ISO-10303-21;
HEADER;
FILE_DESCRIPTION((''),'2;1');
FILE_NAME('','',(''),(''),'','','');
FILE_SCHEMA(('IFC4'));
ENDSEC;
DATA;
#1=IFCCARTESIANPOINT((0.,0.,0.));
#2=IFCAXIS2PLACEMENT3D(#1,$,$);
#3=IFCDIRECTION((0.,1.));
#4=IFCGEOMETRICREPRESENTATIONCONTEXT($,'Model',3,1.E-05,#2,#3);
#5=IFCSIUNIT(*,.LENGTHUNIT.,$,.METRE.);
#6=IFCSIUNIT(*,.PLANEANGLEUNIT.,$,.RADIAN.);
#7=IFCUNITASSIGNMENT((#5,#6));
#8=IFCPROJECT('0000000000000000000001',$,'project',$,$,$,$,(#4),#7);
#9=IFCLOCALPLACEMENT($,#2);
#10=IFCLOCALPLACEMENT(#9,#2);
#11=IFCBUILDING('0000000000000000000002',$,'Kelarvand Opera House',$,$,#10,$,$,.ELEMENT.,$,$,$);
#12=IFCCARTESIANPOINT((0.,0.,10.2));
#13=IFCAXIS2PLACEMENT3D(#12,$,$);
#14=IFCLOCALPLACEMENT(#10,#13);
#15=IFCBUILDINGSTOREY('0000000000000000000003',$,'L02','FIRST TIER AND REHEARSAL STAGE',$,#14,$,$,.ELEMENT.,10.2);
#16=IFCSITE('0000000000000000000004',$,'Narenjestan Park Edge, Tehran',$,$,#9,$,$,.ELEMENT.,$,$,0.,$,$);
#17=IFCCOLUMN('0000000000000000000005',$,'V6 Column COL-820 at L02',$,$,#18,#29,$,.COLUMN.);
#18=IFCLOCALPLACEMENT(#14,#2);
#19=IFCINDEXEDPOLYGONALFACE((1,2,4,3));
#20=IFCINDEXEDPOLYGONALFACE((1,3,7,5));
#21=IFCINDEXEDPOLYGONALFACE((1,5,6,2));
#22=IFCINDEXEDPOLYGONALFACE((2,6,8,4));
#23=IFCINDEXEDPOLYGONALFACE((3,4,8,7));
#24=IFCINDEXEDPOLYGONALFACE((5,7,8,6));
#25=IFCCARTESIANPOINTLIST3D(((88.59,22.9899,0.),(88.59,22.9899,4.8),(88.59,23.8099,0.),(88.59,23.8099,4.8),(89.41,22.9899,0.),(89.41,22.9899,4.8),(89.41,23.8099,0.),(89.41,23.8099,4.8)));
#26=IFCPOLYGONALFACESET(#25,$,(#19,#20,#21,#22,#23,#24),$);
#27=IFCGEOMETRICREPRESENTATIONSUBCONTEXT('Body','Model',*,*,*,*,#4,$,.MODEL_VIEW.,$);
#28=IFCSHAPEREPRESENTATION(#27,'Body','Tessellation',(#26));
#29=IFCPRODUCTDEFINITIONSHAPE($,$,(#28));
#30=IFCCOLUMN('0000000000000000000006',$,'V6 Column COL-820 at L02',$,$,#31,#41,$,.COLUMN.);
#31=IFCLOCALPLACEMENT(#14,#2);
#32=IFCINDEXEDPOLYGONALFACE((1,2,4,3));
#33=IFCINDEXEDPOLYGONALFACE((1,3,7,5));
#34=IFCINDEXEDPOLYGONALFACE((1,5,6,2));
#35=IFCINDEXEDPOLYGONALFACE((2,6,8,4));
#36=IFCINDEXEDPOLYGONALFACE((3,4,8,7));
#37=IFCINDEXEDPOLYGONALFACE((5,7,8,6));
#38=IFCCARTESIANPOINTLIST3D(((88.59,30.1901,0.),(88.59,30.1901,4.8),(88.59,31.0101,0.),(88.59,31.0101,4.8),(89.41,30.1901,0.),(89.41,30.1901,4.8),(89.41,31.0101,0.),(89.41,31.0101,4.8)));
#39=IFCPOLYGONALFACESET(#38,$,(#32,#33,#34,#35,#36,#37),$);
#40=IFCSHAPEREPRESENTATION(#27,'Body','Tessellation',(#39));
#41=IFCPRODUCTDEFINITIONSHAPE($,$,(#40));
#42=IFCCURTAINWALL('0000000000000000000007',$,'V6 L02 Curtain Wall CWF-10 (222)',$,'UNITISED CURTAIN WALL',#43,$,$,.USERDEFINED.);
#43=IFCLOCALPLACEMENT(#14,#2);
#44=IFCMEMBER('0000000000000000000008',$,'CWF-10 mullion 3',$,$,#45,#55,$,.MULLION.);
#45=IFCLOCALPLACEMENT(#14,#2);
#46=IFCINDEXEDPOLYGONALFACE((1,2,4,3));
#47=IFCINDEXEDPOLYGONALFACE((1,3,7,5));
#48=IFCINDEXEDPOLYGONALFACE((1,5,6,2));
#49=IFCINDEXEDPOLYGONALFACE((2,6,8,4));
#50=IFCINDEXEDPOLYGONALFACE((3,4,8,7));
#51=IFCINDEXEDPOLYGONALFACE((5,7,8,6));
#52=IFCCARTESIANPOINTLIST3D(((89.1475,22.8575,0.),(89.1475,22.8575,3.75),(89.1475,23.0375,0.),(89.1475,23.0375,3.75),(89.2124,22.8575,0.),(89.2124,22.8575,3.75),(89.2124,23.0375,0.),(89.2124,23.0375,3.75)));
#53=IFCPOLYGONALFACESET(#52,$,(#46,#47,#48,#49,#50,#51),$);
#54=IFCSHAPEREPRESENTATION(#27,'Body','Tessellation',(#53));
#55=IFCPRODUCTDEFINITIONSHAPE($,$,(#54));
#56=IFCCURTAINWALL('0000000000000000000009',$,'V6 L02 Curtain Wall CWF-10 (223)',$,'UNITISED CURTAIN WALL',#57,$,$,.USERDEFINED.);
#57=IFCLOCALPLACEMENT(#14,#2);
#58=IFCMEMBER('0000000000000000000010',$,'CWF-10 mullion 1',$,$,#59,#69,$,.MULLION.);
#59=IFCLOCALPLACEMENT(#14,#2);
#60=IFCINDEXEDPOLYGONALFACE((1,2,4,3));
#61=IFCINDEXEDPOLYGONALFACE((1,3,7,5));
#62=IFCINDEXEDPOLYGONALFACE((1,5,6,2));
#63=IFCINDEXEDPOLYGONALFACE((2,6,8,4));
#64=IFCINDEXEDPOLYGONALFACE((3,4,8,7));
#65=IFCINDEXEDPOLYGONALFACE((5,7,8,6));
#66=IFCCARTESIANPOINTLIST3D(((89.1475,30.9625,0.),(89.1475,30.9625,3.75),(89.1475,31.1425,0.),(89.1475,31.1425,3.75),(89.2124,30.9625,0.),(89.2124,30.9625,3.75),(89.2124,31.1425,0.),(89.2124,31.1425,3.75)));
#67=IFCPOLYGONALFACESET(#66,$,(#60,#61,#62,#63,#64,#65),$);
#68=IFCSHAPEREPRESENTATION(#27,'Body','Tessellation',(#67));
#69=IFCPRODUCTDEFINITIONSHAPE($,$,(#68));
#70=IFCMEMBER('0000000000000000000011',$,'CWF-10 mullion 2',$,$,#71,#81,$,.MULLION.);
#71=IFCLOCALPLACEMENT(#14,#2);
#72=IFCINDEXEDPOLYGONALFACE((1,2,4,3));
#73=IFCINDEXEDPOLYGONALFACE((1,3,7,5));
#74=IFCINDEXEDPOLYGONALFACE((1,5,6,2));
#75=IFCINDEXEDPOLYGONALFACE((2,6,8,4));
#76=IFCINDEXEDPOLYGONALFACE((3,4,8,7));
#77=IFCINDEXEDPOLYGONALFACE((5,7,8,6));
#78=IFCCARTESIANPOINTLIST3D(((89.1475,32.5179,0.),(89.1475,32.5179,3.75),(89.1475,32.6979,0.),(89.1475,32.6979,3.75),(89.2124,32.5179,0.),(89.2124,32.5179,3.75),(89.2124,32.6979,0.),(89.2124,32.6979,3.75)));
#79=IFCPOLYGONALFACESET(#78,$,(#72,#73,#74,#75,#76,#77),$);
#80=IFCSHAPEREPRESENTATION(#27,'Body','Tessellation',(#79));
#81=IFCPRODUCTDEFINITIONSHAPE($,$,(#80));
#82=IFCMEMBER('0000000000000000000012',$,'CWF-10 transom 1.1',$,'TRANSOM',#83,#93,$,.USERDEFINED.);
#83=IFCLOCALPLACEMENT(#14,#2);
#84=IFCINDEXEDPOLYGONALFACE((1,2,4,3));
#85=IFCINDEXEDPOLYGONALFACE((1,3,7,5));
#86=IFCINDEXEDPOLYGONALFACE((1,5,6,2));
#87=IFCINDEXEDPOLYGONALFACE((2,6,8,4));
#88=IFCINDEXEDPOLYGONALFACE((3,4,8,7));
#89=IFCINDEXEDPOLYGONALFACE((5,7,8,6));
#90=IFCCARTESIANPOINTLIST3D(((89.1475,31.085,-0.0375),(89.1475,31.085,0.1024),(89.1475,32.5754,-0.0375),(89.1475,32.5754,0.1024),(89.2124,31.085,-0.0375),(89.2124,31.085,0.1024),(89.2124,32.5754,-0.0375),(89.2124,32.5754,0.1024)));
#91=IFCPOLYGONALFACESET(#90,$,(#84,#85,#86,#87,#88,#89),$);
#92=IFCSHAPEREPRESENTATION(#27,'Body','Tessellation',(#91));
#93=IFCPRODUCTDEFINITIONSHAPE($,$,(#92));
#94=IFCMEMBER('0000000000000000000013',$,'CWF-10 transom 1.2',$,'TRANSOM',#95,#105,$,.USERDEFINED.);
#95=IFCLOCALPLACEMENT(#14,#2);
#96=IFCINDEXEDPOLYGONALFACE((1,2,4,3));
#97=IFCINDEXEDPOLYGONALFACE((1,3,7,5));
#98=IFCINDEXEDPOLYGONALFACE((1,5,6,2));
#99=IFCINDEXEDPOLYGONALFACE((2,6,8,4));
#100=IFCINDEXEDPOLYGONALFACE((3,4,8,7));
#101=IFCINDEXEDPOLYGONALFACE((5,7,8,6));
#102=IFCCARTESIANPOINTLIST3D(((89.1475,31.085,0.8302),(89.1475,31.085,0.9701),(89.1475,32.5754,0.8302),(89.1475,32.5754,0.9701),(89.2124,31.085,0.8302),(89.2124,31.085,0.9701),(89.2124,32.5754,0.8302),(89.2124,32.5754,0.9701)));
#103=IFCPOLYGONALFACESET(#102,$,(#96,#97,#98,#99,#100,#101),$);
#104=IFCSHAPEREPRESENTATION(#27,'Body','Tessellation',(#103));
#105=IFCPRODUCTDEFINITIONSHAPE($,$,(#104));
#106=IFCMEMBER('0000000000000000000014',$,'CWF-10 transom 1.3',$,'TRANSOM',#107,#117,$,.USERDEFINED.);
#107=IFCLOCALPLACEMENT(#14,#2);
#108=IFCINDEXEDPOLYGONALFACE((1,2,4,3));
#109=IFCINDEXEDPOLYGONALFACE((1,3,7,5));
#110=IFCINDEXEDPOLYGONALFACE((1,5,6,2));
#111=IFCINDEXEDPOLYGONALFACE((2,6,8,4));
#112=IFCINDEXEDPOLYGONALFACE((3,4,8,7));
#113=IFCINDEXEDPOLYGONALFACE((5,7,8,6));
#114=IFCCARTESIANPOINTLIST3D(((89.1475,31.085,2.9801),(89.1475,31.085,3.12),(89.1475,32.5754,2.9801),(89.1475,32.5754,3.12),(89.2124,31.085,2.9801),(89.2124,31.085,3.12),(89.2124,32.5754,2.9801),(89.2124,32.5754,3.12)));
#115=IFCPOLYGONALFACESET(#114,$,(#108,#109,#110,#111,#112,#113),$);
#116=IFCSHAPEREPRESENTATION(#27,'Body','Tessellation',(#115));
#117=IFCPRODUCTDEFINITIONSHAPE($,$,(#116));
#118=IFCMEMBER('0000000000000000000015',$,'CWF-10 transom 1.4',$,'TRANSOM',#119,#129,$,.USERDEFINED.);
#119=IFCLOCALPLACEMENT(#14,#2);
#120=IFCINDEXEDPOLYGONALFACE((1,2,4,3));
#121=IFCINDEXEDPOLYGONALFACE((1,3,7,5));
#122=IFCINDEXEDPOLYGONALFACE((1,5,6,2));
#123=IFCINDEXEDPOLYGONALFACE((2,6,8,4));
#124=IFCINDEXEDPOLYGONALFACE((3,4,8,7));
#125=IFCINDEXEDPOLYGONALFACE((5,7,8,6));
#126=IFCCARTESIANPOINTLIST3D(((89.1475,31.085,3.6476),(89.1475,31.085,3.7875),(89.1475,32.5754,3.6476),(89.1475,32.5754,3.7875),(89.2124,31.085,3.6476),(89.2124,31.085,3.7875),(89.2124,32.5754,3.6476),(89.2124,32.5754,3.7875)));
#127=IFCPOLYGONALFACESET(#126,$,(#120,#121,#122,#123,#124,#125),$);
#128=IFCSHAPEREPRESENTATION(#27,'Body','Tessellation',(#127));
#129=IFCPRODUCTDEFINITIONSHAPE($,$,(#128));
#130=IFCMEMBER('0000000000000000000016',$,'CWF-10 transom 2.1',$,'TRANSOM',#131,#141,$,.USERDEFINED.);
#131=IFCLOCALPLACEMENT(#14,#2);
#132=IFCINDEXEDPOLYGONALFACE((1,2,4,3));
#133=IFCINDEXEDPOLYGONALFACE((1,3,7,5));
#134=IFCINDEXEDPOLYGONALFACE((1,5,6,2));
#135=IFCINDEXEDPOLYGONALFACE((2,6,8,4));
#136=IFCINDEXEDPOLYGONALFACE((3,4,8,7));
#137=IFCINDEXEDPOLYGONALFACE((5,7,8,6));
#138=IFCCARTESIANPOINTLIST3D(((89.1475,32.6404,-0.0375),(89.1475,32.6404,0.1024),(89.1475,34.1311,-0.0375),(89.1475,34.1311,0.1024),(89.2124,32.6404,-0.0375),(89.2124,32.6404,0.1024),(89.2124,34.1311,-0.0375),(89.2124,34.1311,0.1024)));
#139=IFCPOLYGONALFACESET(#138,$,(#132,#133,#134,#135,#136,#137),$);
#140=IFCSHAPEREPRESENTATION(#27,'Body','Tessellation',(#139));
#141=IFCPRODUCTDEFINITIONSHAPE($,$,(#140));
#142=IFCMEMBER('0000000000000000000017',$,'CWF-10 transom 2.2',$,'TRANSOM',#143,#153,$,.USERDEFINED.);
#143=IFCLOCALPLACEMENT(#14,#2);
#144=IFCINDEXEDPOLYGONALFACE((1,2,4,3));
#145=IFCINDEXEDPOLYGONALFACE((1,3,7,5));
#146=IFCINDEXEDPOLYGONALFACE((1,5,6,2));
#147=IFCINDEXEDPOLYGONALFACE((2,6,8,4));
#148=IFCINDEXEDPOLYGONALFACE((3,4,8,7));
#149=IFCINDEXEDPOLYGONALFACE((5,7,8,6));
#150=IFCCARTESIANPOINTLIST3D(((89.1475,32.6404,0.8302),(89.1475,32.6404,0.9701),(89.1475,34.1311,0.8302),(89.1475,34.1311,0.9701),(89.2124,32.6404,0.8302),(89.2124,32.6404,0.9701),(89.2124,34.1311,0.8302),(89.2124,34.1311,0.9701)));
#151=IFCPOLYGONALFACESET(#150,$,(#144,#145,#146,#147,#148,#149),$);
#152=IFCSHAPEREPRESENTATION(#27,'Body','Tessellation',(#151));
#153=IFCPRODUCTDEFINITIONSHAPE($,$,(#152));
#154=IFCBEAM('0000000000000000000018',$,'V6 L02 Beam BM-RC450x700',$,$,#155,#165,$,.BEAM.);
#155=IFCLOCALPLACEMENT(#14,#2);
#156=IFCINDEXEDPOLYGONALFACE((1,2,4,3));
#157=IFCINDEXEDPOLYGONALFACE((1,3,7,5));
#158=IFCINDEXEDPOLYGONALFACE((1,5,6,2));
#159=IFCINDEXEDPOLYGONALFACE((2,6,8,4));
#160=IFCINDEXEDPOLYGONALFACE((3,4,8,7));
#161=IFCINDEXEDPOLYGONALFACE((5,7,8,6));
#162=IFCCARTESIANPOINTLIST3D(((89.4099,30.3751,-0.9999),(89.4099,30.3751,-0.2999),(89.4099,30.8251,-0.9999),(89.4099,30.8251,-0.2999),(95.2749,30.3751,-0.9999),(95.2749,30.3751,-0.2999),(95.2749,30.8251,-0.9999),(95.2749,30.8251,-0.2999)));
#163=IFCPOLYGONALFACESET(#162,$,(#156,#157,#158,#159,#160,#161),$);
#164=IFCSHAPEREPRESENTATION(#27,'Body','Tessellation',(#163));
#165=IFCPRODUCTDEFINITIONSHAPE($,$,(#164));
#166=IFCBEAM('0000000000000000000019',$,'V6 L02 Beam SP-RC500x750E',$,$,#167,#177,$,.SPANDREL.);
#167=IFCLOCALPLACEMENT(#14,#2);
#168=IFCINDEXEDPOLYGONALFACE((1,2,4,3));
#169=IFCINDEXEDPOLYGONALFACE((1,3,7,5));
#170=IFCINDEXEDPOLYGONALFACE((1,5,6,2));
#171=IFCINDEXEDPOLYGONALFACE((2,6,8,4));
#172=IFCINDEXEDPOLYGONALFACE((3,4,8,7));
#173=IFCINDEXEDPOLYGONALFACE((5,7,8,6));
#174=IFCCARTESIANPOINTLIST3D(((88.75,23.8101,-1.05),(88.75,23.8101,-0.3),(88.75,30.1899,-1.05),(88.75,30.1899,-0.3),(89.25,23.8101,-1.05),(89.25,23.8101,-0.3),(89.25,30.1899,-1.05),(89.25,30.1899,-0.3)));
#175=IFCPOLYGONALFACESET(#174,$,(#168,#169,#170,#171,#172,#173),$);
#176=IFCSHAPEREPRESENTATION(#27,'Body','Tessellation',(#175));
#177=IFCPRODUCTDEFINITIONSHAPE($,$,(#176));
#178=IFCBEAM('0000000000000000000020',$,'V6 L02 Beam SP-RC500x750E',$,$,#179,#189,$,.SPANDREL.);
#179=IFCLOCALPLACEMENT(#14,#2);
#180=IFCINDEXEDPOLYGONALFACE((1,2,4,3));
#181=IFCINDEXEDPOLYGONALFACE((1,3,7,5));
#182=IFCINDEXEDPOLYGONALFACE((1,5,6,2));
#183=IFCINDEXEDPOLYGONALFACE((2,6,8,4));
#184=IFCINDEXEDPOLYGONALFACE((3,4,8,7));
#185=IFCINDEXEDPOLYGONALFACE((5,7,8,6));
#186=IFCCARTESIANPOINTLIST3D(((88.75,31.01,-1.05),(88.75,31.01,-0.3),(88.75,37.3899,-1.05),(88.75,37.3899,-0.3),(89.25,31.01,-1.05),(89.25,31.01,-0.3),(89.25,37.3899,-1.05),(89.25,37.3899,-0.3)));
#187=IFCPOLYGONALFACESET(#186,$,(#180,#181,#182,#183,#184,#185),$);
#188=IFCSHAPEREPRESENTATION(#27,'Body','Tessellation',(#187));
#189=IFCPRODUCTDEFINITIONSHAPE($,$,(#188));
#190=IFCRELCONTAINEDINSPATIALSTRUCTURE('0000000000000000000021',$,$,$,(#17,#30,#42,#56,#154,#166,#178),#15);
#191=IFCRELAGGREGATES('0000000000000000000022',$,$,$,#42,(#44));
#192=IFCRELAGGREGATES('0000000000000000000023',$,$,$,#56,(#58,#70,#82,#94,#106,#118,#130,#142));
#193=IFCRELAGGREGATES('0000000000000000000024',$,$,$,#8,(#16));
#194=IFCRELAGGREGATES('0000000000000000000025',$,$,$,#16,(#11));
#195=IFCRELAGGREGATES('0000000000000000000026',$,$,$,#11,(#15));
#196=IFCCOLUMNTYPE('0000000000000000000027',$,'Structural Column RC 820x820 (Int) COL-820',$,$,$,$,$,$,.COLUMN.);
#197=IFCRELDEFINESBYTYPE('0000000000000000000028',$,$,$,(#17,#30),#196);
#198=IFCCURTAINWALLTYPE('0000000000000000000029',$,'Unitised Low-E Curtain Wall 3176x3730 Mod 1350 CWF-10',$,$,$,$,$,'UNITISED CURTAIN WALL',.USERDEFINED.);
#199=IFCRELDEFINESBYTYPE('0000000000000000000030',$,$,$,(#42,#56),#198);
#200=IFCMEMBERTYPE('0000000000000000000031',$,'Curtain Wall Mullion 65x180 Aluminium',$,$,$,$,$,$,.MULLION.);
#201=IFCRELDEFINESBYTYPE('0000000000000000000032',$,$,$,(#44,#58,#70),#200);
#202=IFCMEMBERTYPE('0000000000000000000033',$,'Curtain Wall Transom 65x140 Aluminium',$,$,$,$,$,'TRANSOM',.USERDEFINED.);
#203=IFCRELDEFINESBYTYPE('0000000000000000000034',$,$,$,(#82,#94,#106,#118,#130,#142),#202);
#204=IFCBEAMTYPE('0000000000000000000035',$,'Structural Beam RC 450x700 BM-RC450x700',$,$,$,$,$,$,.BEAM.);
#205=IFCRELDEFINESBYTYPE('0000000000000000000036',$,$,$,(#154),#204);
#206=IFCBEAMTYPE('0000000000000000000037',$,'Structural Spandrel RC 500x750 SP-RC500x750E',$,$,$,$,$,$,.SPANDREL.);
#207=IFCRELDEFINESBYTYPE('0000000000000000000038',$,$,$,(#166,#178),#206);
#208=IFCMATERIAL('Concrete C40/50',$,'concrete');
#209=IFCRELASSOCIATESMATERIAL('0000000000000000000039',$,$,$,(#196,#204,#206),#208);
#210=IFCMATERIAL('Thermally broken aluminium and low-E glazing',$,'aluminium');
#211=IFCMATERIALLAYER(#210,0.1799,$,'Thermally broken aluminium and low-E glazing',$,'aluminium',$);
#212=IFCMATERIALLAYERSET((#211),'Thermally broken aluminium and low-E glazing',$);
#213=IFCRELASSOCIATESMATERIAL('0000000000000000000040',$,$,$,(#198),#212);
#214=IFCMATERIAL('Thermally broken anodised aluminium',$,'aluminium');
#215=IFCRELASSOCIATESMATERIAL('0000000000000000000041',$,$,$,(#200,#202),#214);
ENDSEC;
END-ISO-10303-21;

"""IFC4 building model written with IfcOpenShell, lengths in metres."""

from ifc_helpers import new_model, si_unit, direction, frame, origin, origin_2d, place, context, subcontext, project, spatial, rectangle, extrude, material, layer, layer_set, material_profile, profile_set, type_object, element, aggregate, save


model = new_model("IFC4")

# Units and contexts
model_context = context("Model", 3, precision=1e-05, world=origin(), true_north=direction((0.0, 1.0)))
body_context = subcontext(model_context, "Body", "Model", "MODEL_VIEW")
ifc_project = project(units=[si_unit("LENGTHUNIT", "METRE"), si_unit("PLANEANGLEUNIT", "RADIAN")], contexts=[model_context])

# Site, building, storey
site_placement = place(None, origin())
site = spatial("IfcSite", under=ifc_project, at=site_placement, Name="Narenjestan Park Edge, Tehran", CompositionType="ELEMENT", RefElevation=0.0)
building_placement = place(site_placement, origin())
building = spatial("IfcBuilding", under=site, at=building_placement, Name="Kelarvand Opera House", CompositionType="ELEMENT")
storey_placement = place(building_placement, frame((0.0, 0.0, 10.2)))
storey = spatial("IfcBuildingStorey", under=building, at=storey_placement, Name="L02", Description="FIRST TIER AND REHEARSAL STAGE", CompositionType="ELEMENT", Elevation=10.2)

# Columns
ifc_material_1 = material(Name="Concrete C40/50", Category="concrete")
ifc_material_profile_1 = material_profile(ifc_material_1, rectangle(XDim=0.8201, YDim=0.8201, at=origin_2d()), Name="RC 820x820", Category="concrete")
ifc_profile_set_1 = profile_set([ifc_material_profile_1], Name="Concrete C40/50")
column_type = type_object("IfcColumnType", Name="Structural Column RC 820x820 (Int) COL-820", PredefinedType="COLUMN", material=ifc_profile_set_1)
for number, where, z_axis, x_axis, name in (
    (1, (89.0, 23.3999, 0.0), (0.0, 0.0, 1.0), (1.0, 0.0, 0.0), "V6 Column COL-820 at L02"),
    (2, (89.0, 30.6001, 0.0), (0.0, 0.0, 1.0), (1.0, 0.0, 0.0), "V6 Column COL-820 at L02"),
):
    element("IfcColumn", number, at=place(storey_placement, frame(where, z_axis=z_axis, x_axis=x_axis)), inside=storey, type_object=column_type, Name=name, PredefinedType="COLUMN", context=body_context, shape_type="SweptSolid", body=[
        extrude(rectangle(XDim=0.8201, YDim=0.8201, at=origin_2d()), origin(), (0.0, 0.0, 1.0), 4.8),
    ])

# Curtain wall, member
ifc_material_2 = material(Name="Thermally broken aluminium and low-E glazing", Category="aluminium")
ifc_layer_1 = layer(ifc_material_2, 0.1799, Name="Thermally broken aluminium and low-E glazing", Category="aluminium")
ifc_layer_set_1 = layer_set([ifc_layer_1], Name="Thermally broken aluminium and low-E glazing")
curtain_wall_type = type_object("IfcCurtainWallType", Name="Unitised Low-E Curtain Wall 3176x3730 Mod 1350 CWF-10", ElementType="UNITISED CURTAIN WALL", PredefinedType="USERDEFINED", material=ifc_layer_set_1)
curtain_wall_1_placement = place(storey_placement, origin())
curtain_wall_1 = element("IfcCurtainWall", 3, at=curtain_wall_1_placement, inside=storey, type_object=curtain_wall_type, Name="V6 L02 Curtain Wall CWF-10 (222)", ObjectType="UNITISED CURTAIN WALL", PredefinedType="USERDEFINED")
ifc_material_3 = material(Name="Thermally broken anodised aluminium", Category="aluminium")
ifc_material_profile_2 = material_profile(ifc_material_3, rectangle(XDim=0.0649, YDim=0.1799, at=origin_2d()), Name="ALU MULLION 65x180", Category="aluminium")
ifc_profile_set_2 = profile_set([ifc_material_profile_2], Name="Thermally broken anodised aluminium")
member_type_1 = type_object("IfcMemberType", Name="Curtain Wall Mullion 65x180 Aluminium", PredefinedType="MULLION", material=ifc_profile_set_2)
member_1_placement = place(storey_placement, frame((89.1799, 22.9475, 0.0), z_axis=(0.0, 0.0, 1.0), x_axis=(-1.0, 0.0, 0.0)))
member_1 = element("IfcMember", 4, at=member_1_placement, type_object=member_type_1, Name="CWF-10 mullion 3", PredefinedType="MULLION", context=body_context, shape_type="SweptSolid", body=[
    extrude(rectangle(XDim=0.0649, YDim=0.1799, at=origin_2d()), origin(), (0.0, 0.0, 1.0), 3.75),
])

# Curtain wall, members
curtain_wall_2_placement = place(storey_placement, origin())
curtain_wall_2 = element("IfcCurtainWall", 5, at=curtain_wall_2_placement, inside=storey, type_object=curtain_wall_type, Name="V6 L02 Curtain Wall CWF-10 (223)", ObjectType="UNITISED CURTAIN WALL", PredefinedType="USERDEFINED")
member_2_placement = place(storey_placement, frame((89.1799, 31.0525, 0.0), z_axis=(0.0, 0.0, 1.0), x_axis=(-1.0, 0.0, 0.0)))
member_2 = element("IfcMember", 6, at=member_2_placement, type_object=member_type_1, Name="CWF-10 mullion 1", PredefinedType="MULLION", context=body_context, shape_type="SweptSolid", body=[
    extrude(rectangle(XDim=0.0649, YDim=0.1799, at=origin_2d()), origin(), (0.0, 0.0, 1.0), 3.75),
])
member_3_placement = place(storey_placement, frame((89.1799, 32.6079, 0.0), z_axis=(0.0, 0.0, 1.0), x_axis=(-1.0, 0.0, 0.0)))
member_3 = element("IfcMember", 7, at=member_3_placement, type_object=member_type_1, Name="CWF-10 mullion 2", PredefinedType="MULLION", context=body_context, shape_type="SweptSolid", body=[
    extrude(rectangle(XDim=0.0649, YDim=0.1799, at=origin_2d()), origin(), (0.0, 0.0, 1.0), 3.75),
])
ifc_material_profile_3 = material_profile(ifc_material_3, rectangle(XDim=0.0649, YDim=0.1399, at=origin_2d()), Name="ALU TRANSOM 65x140", Category="aluminium")
ifc_profile_set_3 = profile_set([ifc_material_profile_3], Name="Thermally broken anodised aluminium")
member_type_2 = type_object("IfcMemberType", Name="Curtain Wall Transom 65x140 Aluminium", ElementType="TRANSOM", PredefinedType="USERDEFINED", material=ifc_profile_set_3)
member_4_placement = place(storey_placement, frame((89.1799, 31.085, 0.0325), z_axis=(0.0, 1.0, 0.0), x_axis=(-1.0, 0.0, 0.0)))
member_4 = element("IfcMember", 8, at=member_4_placement, type_object=member_type_2, Name="CWF-10 transom 1.1", ObjectType="TRANSOM", PredefinedType="USERDEFINED", context=body_context, shape_type="SweptSolid", body=[
    extrude(rectangle(XDim=0.0649, YDim=0.1399, at=origin_2d()), origin(), (0.0, 0.0, 1.0), 1.4905),
])
member_5_placement = place(storey_placement, frame((89.1799, 31.085, 0.9001), z_axis=(0.0, 1.0, 0.0), x_axis=(-1.0, 0.0, 0.0)))
member_5 = element("IfcMember", 9, at=member_5_placement, type_object=member_type_2, Name="CWF-10 transom 1.2", ObjectType="TRANSOM", PredefinedType="USERDEFINED", context=body_context, shape_type="SweptSolid", body=[
    extrude(rectangle(XDim=0.0649, YDim=0.1399, at=origin_2d()), origin(), (0.0, 0.0, 1.0), 1.4905),
])
member_6_placement = place(storey_placement, frame((89.1799, 31.085, 3.05), z_axis=(0.0, 1.0, 0.0), x_axis=(-1.0, 0.0, 0.0)))
member_6 = element("IfcMember", 10, at=member_6_placement, type_object=member_type_2, Name="CWF-10 transom 1.3", ObjectType="TRANSOM", PredefinedType="USERDEFINED", context=body_context, shape_type="SweptSolid", body=[
    extrude(rectangle(XDim=0.0649, YDim=0.1399, at=origin_2d()), origin(), (0.0, 0.0, 1.0), 1.4905),
])
member_7_placement = place(storey_placement, frame((89.1799, 31.085, 3.7175), z_axis=(0.0, 1.0, 0.0), x_axis=(-1.0, 0.0, 0.0)))
member_7 = element("IfcMember", 11, at=member_7_placement, type_object=member_type_2, Name="CWF-10 transom 1.4", ObjectType="TRANSOM", PredefinedType="USERDEFINED", context=body_context, shape_type="SweptSolid", body=[
    extrude(rectangle(XDim=0.0649, YDim=0.1399, at=origin_2d()), origin(), (0.0, 0.0, 1.0), 1.4905),
])
member_8_placement = place(storey_placement, frame((89.1799, 32.6404, 0.0325), z_axis=(0.0, 1.0, 0.0), x_axis=(-1.0, 0.0, 0.0)))
member_8 = element("IfcMember", 12, at=member_8_placement, type_object=member_type_2, Name="CWF-10 transom 2.1", ObjectType="TRANSOM", PredefinedType="USERDEFINED", context=body_context, shape_type="SweptSolid", body=[
    extrude(rectangle(XDim=0.0649, YDim=0.1399, at=origin_2d()), origin(), (0.0, 0.0, 1.0), 1.4907),
])
member_9_placement = place(storey_placement, frame((89.1799, 32.6404, 0.9001), z_axis=(0.0, 1.0, 0.0), x_axis=(-1.0, 0.0, 0.0)))
member_9 = element("IfcMember", 13, at=member_9_placement, type_object=member_type_2, Name="CWF-10 transom 2.2", ObjectType="TRANSOM", PredefinedType="USERDEFINED", context=body_context, shape_type="SweptSolid", body=[
    extrude(rectangle(XDim=0.0649, YDim=0.1399, at=origin_2d()), origin(), (0.0, 0.0, 1.0), 1.4907),
])

# Beams
ifc_material_profile_4 = material_profile(ifc_material_1, rectangle(XDim=0.45, YDim=0.7, at=origin_2d()), Name="RC 450x700", Category="concrete")
ifc_profile_set_4 = profile_set([ifc_material_profile_4], Name="Concrete C40/50")
beam_type_1 = type_object("IfcBeamType", Name="Structural Beam RC 450x700 BM-RC450x700", PredefinedType="BEAM", material=ifc_profile_set_4)
beam_placement = place(storey_placement, frame((89.4099, 30.6001, -0.6499), z_axis=(1.0, 0.0, 0.0), x_axis=(0.0, 1.0, 0.0)))
element("IfcBeam", 14, at=beam_placement, inside=storey, type_object=beam_type_1, Name="V6 L02 Beam BM-RC450x700", PredefinedType="BEAM", context=body_context, shape_type="SweptSolid", body=[
    extrude(rectangle(XDim=0.45, YDim=0.7, at=origin_2d()), origin(), (0.0, 0.0, 1.0), 5.865),
])
ifc_material_profile_5 = material_profile(ifc_material_1, rectangle(XDim=0.5, YDim=0.75, at=origin_2d()), Name="RC 500x750", Category="concrete")
ifc_profile_set_5 = profile_set([ifc_material_profile_5], Name="Concrete C40/50")
beam_type_2 = type_object("IfcBeamType", Name="Structural Spandrel RC 500x750 SP-RC500x750E", PredefinedType="SPANDREL", material=ifc_profile_set_5)
for number, where, z_axis, x_axis, name in (
    (15, (89.0, 23.8101, -0.675), (0.0, 1.0, 0.0), (-1.0, 0.0, 0.0), "V6 L02 Beam SP-RC500x750E"),
    (16, (89.0, 31.01, -0.675), (0.0, 1.0, 0.0), (-1.0, 0.0, 0.0), "V6 L02 Beam SP-RC500x750E"),
):
    element("IfcBeam", number, at=place(storey_placement, frame(where, z_axis=z_axis, x_axis=x_axis)), inside=storey, type_object=beam_type_2, Name=name, PredefinedType="SPANDREL", context=body_context, shape_type="SweptSolid", body=[
        extrude(rectangle(XDim=0.5, YDim=0.75, at=origin_2d()), origin(), (0.0, 0.0, 1.0), 6.3799),
    ])

aggregate(curtain_wall_1, [member_1])
aggregate(curtain_wall_2, [member_2, member_3, member_4, member_5, member_6, member_7, member_8, member_9])

save(model, "model.ifc")
